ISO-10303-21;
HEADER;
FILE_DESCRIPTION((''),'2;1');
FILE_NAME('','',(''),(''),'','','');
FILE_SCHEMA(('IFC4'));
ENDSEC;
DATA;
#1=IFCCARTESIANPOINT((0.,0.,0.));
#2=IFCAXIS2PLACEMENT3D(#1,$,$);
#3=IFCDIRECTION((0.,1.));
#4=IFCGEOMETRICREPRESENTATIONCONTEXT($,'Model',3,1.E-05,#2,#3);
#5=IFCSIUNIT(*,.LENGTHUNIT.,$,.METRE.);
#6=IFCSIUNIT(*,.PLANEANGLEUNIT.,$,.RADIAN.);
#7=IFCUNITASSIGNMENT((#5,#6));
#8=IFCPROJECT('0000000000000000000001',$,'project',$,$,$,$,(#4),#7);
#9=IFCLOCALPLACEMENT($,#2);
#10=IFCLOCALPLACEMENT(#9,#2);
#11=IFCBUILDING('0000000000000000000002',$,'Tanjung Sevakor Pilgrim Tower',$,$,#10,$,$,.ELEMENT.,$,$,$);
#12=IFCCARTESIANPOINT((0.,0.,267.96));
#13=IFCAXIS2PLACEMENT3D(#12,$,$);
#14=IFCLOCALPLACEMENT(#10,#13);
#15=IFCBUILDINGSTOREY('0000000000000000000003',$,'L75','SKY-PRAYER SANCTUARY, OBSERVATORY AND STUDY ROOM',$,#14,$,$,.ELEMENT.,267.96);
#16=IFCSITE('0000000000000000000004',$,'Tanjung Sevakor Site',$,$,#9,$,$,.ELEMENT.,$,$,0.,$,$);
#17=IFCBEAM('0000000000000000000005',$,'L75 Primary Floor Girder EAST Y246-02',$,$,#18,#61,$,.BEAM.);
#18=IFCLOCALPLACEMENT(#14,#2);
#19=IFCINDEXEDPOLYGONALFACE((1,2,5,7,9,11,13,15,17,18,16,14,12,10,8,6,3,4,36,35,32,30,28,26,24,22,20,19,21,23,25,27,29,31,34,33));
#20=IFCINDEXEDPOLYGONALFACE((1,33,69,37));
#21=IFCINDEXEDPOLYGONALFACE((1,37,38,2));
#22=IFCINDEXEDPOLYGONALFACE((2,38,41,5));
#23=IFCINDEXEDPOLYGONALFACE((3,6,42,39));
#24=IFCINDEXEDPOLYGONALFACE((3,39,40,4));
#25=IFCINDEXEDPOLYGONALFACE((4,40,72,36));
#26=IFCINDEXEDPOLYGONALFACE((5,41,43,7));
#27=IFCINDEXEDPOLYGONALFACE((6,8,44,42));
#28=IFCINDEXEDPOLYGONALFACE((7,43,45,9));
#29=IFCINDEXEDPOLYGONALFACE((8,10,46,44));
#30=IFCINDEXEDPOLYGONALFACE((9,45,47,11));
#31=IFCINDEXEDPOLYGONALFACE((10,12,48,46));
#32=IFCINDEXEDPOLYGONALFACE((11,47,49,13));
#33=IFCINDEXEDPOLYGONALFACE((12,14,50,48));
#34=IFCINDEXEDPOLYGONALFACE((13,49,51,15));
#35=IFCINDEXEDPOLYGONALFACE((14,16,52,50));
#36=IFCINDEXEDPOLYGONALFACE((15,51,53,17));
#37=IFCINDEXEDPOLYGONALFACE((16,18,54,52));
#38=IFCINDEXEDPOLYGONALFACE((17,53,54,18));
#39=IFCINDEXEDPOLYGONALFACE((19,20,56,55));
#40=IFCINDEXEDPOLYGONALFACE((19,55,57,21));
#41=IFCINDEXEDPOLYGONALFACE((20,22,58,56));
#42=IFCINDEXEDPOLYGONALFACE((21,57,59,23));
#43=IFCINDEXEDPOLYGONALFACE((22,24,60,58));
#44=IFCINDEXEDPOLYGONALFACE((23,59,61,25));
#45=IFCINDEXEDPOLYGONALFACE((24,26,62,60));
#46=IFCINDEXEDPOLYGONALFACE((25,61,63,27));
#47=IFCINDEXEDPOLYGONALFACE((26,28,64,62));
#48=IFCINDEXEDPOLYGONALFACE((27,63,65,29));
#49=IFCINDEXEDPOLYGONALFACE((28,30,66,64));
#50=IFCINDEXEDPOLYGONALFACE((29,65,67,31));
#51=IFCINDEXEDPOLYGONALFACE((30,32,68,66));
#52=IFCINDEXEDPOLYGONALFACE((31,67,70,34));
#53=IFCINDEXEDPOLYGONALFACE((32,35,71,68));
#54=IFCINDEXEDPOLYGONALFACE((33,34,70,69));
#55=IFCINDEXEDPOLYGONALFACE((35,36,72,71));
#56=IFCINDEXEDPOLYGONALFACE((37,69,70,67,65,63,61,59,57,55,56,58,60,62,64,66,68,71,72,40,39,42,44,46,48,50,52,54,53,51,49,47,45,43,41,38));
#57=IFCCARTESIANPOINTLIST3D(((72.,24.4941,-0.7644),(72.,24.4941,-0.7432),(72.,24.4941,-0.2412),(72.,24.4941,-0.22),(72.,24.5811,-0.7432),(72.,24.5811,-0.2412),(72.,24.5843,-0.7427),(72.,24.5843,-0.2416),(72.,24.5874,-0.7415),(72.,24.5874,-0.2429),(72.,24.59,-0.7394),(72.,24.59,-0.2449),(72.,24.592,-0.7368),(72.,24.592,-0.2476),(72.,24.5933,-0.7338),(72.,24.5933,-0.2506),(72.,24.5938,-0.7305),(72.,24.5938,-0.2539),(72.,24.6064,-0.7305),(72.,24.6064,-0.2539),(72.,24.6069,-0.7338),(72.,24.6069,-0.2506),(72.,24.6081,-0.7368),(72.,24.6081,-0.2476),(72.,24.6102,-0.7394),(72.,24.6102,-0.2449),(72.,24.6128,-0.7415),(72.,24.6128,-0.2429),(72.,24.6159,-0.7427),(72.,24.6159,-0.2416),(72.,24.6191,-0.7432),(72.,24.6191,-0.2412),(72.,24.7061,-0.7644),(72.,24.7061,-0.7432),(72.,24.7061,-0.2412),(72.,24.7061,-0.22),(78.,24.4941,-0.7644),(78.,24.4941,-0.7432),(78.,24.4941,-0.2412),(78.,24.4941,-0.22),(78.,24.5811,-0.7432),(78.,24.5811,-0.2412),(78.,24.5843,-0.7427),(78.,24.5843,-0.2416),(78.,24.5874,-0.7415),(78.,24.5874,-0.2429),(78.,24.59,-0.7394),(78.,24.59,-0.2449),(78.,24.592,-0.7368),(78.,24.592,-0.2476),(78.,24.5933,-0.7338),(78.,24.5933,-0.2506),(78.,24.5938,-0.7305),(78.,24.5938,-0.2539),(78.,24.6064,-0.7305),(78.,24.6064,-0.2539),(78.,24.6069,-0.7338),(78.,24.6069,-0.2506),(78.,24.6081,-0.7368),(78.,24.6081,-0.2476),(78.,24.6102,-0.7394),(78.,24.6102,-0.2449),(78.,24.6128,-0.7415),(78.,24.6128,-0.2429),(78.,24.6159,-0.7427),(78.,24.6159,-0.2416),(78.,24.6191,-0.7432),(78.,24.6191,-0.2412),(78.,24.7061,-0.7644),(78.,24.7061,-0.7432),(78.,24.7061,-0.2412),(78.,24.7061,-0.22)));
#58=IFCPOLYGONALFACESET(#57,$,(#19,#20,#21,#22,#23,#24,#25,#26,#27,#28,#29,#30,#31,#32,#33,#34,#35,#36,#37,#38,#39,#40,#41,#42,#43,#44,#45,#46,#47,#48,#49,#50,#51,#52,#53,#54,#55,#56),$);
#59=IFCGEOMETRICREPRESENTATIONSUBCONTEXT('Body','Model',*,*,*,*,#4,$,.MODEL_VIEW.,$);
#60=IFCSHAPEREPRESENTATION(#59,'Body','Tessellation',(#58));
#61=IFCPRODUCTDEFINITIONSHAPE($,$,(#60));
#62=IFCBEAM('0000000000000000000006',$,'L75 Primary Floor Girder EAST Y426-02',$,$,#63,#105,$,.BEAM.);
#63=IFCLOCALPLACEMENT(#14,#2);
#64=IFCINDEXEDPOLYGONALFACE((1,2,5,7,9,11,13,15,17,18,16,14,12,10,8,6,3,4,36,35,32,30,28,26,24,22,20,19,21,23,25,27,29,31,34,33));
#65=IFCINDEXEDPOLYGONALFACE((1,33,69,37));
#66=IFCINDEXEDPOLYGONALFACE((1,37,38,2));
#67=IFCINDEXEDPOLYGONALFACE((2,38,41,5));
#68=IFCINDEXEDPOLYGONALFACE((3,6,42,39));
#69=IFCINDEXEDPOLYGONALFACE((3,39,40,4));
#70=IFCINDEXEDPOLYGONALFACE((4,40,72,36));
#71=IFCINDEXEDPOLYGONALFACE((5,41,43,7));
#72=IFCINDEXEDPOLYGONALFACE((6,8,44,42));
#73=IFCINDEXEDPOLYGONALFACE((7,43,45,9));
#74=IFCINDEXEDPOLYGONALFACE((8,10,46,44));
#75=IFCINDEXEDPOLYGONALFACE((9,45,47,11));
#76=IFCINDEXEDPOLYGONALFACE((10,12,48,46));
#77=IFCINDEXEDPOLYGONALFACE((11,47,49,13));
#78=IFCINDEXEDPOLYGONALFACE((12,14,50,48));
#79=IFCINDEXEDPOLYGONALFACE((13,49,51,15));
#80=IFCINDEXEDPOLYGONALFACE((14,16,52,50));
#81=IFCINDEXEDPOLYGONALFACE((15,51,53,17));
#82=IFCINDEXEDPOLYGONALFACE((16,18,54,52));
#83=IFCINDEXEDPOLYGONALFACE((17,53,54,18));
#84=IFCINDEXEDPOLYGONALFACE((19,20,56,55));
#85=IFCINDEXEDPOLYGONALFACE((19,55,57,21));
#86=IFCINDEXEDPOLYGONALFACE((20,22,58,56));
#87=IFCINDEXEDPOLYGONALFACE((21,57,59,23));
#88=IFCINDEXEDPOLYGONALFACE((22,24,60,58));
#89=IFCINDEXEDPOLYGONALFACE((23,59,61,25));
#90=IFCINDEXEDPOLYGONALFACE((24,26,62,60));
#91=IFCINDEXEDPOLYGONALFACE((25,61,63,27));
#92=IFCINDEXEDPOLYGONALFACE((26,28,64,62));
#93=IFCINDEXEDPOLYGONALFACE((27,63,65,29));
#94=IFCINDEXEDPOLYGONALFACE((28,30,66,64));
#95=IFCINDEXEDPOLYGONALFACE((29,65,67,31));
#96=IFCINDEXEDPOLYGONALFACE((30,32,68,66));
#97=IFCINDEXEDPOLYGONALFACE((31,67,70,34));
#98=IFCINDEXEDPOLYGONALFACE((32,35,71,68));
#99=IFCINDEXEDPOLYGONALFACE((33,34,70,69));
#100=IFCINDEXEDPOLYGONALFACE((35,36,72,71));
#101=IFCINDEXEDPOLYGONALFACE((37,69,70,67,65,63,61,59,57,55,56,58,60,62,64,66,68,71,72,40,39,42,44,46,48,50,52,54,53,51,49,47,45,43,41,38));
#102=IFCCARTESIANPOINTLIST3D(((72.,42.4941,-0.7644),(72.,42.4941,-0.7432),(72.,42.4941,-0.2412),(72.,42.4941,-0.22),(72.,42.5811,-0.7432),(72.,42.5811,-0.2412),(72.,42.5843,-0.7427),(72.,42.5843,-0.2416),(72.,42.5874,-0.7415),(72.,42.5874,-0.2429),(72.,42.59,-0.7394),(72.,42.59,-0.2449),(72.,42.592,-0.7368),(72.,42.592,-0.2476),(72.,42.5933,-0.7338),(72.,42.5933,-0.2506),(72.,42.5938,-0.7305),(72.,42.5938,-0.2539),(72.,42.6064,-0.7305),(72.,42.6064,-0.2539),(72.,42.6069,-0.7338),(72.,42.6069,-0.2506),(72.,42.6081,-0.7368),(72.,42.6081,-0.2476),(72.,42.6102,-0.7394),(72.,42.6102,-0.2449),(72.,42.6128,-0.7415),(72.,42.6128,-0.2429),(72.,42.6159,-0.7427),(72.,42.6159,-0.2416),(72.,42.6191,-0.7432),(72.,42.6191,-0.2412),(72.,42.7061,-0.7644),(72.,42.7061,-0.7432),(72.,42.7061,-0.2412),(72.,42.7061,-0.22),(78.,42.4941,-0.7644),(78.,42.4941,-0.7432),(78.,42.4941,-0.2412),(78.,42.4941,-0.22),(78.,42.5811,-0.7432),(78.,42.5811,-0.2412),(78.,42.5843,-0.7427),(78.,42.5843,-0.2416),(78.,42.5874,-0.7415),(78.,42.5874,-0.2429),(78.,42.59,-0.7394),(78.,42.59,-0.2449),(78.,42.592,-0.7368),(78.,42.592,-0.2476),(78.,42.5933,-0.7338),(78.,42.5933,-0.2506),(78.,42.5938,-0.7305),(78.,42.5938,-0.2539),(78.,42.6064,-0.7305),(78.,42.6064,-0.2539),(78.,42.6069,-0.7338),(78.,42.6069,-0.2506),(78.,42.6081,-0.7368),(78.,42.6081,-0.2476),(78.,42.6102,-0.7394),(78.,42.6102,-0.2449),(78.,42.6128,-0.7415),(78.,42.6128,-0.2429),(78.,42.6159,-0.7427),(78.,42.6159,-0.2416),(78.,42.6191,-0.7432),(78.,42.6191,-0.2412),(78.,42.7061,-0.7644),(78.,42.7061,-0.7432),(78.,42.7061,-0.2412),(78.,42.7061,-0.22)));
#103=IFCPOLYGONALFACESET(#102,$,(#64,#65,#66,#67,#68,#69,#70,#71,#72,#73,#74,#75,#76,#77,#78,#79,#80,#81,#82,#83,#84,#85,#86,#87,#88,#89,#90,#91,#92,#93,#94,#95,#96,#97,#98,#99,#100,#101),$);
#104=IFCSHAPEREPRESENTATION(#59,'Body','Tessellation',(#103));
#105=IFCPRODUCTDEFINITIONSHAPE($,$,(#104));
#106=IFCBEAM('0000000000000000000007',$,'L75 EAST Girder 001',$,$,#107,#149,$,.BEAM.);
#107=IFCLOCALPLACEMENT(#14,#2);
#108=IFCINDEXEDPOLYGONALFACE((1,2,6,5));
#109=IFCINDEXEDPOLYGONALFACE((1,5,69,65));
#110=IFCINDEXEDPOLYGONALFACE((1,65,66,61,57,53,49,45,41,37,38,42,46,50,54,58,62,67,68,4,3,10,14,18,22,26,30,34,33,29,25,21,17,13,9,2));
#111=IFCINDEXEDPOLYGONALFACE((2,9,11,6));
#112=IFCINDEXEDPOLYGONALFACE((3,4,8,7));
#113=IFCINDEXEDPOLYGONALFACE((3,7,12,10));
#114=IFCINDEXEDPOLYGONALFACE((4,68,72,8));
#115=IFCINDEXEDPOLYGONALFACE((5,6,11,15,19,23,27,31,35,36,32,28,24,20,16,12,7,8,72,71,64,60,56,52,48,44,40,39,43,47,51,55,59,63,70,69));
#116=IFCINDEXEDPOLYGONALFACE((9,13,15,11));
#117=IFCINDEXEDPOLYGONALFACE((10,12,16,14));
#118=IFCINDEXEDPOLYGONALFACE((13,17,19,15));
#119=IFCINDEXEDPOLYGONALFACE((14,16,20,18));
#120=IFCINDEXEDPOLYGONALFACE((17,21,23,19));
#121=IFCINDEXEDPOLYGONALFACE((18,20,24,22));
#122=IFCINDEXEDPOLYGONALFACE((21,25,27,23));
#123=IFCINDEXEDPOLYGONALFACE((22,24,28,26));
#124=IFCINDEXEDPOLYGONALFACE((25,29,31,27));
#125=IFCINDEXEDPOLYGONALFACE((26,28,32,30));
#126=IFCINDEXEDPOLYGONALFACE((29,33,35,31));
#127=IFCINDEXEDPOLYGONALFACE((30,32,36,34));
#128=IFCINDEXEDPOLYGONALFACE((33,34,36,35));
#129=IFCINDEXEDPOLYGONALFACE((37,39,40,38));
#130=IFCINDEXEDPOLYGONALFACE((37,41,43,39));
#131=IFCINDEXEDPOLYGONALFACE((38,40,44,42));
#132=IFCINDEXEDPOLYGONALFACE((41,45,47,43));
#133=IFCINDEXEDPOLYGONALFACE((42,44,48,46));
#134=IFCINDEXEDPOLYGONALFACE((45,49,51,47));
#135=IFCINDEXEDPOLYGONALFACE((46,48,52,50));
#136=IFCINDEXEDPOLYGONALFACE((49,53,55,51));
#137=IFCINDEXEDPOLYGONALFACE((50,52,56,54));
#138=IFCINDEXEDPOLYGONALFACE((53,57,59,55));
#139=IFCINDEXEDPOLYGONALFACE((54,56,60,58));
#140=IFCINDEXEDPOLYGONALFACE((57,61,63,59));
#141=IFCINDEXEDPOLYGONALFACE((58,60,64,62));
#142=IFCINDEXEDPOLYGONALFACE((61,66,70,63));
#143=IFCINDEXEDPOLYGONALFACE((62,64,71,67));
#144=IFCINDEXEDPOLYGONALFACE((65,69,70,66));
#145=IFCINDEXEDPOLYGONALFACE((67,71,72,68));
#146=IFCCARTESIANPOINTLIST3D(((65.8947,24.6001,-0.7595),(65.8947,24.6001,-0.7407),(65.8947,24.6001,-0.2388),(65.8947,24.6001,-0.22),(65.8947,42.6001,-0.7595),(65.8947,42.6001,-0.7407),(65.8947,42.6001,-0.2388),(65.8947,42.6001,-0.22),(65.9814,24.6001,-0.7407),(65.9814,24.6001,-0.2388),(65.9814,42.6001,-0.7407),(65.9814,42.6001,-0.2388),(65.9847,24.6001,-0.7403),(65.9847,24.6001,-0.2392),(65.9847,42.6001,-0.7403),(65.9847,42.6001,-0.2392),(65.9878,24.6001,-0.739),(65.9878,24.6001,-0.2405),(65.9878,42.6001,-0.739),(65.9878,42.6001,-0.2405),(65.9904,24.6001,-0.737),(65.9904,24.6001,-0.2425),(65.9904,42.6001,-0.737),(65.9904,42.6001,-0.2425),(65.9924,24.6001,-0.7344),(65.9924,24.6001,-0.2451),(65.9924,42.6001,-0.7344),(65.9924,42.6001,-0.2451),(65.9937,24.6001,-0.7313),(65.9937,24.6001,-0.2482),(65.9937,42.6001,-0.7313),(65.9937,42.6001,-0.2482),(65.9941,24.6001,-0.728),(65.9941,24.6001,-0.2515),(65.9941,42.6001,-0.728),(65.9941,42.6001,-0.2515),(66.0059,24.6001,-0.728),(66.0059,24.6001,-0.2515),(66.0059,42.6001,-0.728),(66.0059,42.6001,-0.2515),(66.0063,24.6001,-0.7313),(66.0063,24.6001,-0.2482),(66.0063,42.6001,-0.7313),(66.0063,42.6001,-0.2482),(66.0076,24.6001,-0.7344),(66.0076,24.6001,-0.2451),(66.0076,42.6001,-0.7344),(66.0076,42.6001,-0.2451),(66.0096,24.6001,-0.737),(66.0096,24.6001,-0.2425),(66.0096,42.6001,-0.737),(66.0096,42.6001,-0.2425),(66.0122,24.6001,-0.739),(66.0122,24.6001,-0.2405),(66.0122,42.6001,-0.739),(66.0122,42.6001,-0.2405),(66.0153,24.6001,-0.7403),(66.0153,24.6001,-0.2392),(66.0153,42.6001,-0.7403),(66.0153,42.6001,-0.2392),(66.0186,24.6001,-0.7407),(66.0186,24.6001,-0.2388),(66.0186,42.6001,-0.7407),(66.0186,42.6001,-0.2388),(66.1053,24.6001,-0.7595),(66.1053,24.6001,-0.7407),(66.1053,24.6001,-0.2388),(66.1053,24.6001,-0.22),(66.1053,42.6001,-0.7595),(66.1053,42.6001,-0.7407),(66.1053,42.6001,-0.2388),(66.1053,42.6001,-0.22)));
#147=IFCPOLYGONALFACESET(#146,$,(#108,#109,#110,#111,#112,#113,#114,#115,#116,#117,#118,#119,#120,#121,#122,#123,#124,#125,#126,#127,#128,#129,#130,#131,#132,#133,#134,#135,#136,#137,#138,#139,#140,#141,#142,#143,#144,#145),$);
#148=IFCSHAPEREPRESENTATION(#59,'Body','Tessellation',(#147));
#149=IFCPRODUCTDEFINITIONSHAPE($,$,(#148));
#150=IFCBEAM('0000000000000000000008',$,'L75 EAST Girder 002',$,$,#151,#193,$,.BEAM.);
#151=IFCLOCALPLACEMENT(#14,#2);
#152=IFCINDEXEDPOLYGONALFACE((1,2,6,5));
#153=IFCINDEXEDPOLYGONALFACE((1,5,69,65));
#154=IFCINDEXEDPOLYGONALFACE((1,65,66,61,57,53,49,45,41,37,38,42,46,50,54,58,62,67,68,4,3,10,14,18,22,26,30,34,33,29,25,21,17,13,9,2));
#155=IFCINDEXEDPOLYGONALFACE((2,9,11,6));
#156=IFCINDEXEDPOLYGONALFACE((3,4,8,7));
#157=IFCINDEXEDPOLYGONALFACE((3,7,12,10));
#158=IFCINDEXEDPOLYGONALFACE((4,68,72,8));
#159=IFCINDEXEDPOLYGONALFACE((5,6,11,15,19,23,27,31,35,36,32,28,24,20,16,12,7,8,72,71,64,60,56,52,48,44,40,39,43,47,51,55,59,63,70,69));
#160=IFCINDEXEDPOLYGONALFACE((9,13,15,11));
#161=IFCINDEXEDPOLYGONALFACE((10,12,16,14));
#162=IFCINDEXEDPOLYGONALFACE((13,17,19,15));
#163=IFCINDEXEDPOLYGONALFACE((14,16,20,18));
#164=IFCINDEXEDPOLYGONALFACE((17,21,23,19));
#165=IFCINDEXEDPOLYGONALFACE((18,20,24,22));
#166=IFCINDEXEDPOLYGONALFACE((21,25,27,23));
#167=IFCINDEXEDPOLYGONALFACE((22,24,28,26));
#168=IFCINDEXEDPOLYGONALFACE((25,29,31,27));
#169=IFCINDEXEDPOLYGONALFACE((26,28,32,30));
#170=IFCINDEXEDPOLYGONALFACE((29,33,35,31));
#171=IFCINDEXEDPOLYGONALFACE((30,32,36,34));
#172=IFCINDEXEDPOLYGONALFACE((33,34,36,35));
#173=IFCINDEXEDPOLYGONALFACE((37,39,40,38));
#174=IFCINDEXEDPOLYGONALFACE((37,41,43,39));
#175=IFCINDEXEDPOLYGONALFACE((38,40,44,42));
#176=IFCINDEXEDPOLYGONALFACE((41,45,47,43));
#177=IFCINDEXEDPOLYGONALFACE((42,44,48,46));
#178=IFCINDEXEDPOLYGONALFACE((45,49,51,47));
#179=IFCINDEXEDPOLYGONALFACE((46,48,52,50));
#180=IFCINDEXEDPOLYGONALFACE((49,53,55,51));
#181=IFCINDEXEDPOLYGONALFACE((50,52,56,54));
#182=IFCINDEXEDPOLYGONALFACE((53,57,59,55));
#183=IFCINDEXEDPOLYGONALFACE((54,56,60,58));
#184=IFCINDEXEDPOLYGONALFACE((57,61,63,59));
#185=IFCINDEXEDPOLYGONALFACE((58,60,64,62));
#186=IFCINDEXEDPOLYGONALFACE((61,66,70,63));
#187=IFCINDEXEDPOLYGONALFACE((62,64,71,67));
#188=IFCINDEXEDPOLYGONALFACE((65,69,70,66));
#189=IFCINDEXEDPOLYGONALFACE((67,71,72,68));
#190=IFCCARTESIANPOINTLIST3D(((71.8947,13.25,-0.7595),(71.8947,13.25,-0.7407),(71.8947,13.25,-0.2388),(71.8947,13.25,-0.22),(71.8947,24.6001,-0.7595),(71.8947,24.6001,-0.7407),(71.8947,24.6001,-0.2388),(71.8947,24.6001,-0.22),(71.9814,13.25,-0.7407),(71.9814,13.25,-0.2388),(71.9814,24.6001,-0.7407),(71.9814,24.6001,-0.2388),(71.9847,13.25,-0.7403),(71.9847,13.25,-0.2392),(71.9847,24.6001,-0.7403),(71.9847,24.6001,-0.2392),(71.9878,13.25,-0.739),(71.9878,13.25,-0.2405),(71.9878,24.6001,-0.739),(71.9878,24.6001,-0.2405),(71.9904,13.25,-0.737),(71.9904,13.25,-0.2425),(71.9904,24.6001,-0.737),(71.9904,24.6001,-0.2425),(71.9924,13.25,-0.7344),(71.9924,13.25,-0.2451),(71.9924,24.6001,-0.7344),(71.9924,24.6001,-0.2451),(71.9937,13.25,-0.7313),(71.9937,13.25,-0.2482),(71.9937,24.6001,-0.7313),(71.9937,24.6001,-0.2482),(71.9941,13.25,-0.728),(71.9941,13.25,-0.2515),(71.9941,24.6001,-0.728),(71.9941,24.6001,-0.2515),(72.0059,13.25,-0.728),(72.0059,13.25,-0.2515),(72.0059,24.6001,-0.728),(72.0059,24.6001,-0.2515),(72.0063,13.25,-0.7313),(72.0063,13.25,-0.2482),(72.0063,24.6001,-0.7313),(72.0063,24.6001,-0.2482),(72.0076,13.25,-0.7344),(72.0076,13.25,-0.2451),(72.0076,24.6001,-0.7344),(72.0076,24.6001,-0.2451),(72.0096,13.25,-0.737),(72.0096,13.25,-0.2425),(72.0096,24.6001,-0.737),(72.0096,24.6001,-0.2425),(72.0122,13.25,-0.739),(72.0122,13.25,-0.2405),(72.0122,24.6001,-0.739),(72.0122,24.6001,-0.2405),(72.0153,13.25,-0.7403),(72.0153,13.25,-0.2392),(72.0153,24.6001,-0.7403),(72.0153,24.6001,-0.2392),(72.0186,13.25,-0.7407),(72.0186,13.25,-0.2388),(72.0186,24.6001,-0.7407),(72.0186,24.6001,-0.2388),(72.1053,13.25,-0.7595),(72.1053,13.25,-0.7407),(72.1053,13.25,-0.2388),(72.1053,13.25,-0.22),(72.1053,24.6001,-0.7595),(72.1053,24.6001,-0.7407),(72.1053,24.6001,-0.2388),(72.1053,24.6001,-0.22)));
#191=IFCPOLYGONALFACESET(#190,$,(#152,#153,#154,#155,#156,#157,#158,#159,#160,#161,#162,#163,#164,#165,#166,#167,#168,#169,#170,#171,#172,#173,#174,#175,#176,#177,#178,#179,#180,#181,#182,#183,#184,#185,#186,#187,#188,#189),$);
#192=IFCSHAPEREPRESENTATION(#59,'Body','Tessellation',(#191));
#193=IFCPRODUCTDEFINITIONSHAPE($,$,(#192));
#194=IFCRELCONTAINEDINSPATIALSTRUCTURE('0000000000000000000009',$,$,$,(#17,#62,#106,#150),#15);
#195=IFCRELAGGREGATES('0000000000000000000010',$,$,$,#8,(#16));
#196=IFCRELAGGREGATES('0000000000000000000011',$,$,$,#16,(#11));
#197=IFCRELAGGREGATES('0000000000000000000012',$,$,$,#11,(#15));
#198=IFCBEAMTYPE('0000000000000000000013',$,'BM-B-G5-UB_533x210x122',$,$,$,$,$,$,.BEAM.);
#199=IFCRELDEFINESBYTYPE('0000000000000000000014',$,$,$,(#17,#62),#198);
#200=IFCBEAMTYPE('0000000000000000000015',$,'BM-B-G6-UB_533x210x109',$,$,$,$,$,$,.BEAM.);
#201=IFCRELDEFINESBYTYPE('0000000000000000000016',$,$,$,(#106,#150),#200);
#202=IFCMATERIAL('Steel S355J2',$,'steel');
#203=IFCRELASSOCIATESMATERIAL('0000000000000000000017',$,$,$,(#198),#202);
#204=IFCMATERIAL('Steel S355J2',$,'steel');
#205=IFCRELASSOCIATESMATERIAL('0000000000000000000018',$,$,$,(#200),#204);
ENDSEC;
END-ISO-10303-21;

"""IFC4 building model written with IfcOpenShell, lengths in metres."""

from ifc_helpers import new_model, si_unit, direction, frame, origin, origin_2d, place, context, subcontext, project, spatial, i_section, extrude, material, material_profile, profile_set, type_object, element, save


model = new_model("IFC4")

# Units and contexts
model_context = context("Model", 3, precision=1e-05, world=origin(), true_north=direction((0.0, 1.0)))
body_context = subcontext(model_context, "Body", "Model", "MODEL_VIEW")
ifc_project = project(units=[si_unit("LENGTHUNIT", "METRE"), si_unit("PLANEANGLEUNIT", "RADIAN")], contexts=[model_context])

# Site, building, storey
site_placement = place(None, origin())
site = spatial("IfcSite", under=ifc_project, at=site_placement, Name="Tanjung Sevakor Site", CompositionType="ELEMENT", RefElevation=0.0)
building_placement = place(site_placement, origin())
building = spatial("IfcBuilding", under=site, at=building_placement, Name="Tanjung Sevakor Pilgrim Tower", CompositionType="ELEMENT")
storey_placement = place(building_placement, frame((0.0, 0.0, 267.96)))
storey = spatial("IfcBuildingStorey", under=building, at=storey_placement, Name="L75", Description="SKY-PRAYER SANCTUARY, OBSERVATORY AND STUDY ROOM", CompositionType="ELEMENT", Elevation=267.96)

# Beams
ifc_material_1 = material(Name="Steel S355J2", Category="steel")
ifc_material_profile_1 = material_profile(ifc_material_1, i_section(OverallWidth=0.2119, OverallDepth=0.5444, WebThickness=0.0127, FlangeThickness=0.0212, FilletRadius=0.0127, at=origin_2d()))
ifc_profile_set_1 = profile_set([ifc_material_profile_1], Name="Steel S355J2")
beam_type_1 = type_object("IfcBeamType", Name="BM-B-G5-UB_533x210x122", PredefinedType="BEAM", material=ifc_profile_set_1)
for number, where, z_axis, x_axis, name in (
    (1, (72.0, 24.6001, -0.4922), (1.0, 0.0, 0.0), (0.0, 1.0, 0.0), "L75 Primary Floor Girder EAST Y246-02"),
    (2, (72.0, 42.6001, -0.4922), (1.0, 0.0, 0.0), (0.0, 1.0, 0.0), "L75 Primary Floor Girder EAST Y426-02"),
):
    element("IfcBeam", number, at=place(storey_placement, frame(where, z_axis=z_axis, x_axis=x_axis)), inside=storey, type_object=beam_type_1, Name=name, PredefinedType="BEAM", context=body_context, shape_type="SweptSolid", body=[
        extrude(i_section(OverallWidth=0.2119, OverallDepth=0.5444, WebThickness=0.0127, FlangeThickness=0.0212, FilletRadius=0.0127, at=origin_2d()), origin(), (0.0, 0.0, 1.0), 6.0),
    ])
ifc_material_2 = material(Name="Steel S355J2", Category="steel")
ifc_material_profile_2 = material_profile(ifc_material_2, i_section(OverallWidth=0.2107, OverallDepth=0.5396, WebThickness=0.0117, FlangeThickness=0.0188, FilletRadius=0.0127, at=origin_2d()))
ifc_profile_set_2 = profile_set([ifc_material_profile_2], Name="Steel S355J2")
beam_type_2 = type_object("IfcBeamType", Name="BM-B-G6-UB_533x210x109", PredefinedType="BEAM", material=ifc_profile_set_2)
beam_1_placement = place(storey_placement, frame((66.0, 24.6001, -0.4897), z_axis=(0.0, 1.0, 0.0), x_axis=(-1.0, 0.0, 0.0)))
element("IfcBeam", 3, at=beam_1_placement, inside=storey, type_object=beam_type_2, Name="L75 EAST Girder 001", PredefinedType="BEAM", context=body_context, shape_type="SweptSolid", body=[
    extrude(i_section(OverallWidth=0.2107, OverallDepth=0.5396, WebThickness=0.0117, FlangeThickness=0.0188, FilletRadius=0.0127, at=origin_2d()), origin(), (0.0, 0.0, 1.0), 18.0),
])
beam_2_placement = place(storey_placement, frame((72.0, 13.25, -0.4897), z_axis=(0.0, 1.0, 0.0), x_axis=(-1.0, 0.0, 0.0)))
element("IfcBeam", 4, at=beam_2_placement, inside=storey, type_object=beam_type_2, Name="L75 EAST Girder 002", PredefinedType="BEAM", context=body_context, shape_type="SweptSolid", body=[
    extrude(i_section(OverallWidth=0.2107, OverallDepth=0.5396, WebThickness=0.0117, FlangeThickness=0.0188, FilletRadius=0.0127, at=origin_2d()), origin(), (0.0, 0.0, 1.0), 11.3501),
])

save(model, "model.ifc")
